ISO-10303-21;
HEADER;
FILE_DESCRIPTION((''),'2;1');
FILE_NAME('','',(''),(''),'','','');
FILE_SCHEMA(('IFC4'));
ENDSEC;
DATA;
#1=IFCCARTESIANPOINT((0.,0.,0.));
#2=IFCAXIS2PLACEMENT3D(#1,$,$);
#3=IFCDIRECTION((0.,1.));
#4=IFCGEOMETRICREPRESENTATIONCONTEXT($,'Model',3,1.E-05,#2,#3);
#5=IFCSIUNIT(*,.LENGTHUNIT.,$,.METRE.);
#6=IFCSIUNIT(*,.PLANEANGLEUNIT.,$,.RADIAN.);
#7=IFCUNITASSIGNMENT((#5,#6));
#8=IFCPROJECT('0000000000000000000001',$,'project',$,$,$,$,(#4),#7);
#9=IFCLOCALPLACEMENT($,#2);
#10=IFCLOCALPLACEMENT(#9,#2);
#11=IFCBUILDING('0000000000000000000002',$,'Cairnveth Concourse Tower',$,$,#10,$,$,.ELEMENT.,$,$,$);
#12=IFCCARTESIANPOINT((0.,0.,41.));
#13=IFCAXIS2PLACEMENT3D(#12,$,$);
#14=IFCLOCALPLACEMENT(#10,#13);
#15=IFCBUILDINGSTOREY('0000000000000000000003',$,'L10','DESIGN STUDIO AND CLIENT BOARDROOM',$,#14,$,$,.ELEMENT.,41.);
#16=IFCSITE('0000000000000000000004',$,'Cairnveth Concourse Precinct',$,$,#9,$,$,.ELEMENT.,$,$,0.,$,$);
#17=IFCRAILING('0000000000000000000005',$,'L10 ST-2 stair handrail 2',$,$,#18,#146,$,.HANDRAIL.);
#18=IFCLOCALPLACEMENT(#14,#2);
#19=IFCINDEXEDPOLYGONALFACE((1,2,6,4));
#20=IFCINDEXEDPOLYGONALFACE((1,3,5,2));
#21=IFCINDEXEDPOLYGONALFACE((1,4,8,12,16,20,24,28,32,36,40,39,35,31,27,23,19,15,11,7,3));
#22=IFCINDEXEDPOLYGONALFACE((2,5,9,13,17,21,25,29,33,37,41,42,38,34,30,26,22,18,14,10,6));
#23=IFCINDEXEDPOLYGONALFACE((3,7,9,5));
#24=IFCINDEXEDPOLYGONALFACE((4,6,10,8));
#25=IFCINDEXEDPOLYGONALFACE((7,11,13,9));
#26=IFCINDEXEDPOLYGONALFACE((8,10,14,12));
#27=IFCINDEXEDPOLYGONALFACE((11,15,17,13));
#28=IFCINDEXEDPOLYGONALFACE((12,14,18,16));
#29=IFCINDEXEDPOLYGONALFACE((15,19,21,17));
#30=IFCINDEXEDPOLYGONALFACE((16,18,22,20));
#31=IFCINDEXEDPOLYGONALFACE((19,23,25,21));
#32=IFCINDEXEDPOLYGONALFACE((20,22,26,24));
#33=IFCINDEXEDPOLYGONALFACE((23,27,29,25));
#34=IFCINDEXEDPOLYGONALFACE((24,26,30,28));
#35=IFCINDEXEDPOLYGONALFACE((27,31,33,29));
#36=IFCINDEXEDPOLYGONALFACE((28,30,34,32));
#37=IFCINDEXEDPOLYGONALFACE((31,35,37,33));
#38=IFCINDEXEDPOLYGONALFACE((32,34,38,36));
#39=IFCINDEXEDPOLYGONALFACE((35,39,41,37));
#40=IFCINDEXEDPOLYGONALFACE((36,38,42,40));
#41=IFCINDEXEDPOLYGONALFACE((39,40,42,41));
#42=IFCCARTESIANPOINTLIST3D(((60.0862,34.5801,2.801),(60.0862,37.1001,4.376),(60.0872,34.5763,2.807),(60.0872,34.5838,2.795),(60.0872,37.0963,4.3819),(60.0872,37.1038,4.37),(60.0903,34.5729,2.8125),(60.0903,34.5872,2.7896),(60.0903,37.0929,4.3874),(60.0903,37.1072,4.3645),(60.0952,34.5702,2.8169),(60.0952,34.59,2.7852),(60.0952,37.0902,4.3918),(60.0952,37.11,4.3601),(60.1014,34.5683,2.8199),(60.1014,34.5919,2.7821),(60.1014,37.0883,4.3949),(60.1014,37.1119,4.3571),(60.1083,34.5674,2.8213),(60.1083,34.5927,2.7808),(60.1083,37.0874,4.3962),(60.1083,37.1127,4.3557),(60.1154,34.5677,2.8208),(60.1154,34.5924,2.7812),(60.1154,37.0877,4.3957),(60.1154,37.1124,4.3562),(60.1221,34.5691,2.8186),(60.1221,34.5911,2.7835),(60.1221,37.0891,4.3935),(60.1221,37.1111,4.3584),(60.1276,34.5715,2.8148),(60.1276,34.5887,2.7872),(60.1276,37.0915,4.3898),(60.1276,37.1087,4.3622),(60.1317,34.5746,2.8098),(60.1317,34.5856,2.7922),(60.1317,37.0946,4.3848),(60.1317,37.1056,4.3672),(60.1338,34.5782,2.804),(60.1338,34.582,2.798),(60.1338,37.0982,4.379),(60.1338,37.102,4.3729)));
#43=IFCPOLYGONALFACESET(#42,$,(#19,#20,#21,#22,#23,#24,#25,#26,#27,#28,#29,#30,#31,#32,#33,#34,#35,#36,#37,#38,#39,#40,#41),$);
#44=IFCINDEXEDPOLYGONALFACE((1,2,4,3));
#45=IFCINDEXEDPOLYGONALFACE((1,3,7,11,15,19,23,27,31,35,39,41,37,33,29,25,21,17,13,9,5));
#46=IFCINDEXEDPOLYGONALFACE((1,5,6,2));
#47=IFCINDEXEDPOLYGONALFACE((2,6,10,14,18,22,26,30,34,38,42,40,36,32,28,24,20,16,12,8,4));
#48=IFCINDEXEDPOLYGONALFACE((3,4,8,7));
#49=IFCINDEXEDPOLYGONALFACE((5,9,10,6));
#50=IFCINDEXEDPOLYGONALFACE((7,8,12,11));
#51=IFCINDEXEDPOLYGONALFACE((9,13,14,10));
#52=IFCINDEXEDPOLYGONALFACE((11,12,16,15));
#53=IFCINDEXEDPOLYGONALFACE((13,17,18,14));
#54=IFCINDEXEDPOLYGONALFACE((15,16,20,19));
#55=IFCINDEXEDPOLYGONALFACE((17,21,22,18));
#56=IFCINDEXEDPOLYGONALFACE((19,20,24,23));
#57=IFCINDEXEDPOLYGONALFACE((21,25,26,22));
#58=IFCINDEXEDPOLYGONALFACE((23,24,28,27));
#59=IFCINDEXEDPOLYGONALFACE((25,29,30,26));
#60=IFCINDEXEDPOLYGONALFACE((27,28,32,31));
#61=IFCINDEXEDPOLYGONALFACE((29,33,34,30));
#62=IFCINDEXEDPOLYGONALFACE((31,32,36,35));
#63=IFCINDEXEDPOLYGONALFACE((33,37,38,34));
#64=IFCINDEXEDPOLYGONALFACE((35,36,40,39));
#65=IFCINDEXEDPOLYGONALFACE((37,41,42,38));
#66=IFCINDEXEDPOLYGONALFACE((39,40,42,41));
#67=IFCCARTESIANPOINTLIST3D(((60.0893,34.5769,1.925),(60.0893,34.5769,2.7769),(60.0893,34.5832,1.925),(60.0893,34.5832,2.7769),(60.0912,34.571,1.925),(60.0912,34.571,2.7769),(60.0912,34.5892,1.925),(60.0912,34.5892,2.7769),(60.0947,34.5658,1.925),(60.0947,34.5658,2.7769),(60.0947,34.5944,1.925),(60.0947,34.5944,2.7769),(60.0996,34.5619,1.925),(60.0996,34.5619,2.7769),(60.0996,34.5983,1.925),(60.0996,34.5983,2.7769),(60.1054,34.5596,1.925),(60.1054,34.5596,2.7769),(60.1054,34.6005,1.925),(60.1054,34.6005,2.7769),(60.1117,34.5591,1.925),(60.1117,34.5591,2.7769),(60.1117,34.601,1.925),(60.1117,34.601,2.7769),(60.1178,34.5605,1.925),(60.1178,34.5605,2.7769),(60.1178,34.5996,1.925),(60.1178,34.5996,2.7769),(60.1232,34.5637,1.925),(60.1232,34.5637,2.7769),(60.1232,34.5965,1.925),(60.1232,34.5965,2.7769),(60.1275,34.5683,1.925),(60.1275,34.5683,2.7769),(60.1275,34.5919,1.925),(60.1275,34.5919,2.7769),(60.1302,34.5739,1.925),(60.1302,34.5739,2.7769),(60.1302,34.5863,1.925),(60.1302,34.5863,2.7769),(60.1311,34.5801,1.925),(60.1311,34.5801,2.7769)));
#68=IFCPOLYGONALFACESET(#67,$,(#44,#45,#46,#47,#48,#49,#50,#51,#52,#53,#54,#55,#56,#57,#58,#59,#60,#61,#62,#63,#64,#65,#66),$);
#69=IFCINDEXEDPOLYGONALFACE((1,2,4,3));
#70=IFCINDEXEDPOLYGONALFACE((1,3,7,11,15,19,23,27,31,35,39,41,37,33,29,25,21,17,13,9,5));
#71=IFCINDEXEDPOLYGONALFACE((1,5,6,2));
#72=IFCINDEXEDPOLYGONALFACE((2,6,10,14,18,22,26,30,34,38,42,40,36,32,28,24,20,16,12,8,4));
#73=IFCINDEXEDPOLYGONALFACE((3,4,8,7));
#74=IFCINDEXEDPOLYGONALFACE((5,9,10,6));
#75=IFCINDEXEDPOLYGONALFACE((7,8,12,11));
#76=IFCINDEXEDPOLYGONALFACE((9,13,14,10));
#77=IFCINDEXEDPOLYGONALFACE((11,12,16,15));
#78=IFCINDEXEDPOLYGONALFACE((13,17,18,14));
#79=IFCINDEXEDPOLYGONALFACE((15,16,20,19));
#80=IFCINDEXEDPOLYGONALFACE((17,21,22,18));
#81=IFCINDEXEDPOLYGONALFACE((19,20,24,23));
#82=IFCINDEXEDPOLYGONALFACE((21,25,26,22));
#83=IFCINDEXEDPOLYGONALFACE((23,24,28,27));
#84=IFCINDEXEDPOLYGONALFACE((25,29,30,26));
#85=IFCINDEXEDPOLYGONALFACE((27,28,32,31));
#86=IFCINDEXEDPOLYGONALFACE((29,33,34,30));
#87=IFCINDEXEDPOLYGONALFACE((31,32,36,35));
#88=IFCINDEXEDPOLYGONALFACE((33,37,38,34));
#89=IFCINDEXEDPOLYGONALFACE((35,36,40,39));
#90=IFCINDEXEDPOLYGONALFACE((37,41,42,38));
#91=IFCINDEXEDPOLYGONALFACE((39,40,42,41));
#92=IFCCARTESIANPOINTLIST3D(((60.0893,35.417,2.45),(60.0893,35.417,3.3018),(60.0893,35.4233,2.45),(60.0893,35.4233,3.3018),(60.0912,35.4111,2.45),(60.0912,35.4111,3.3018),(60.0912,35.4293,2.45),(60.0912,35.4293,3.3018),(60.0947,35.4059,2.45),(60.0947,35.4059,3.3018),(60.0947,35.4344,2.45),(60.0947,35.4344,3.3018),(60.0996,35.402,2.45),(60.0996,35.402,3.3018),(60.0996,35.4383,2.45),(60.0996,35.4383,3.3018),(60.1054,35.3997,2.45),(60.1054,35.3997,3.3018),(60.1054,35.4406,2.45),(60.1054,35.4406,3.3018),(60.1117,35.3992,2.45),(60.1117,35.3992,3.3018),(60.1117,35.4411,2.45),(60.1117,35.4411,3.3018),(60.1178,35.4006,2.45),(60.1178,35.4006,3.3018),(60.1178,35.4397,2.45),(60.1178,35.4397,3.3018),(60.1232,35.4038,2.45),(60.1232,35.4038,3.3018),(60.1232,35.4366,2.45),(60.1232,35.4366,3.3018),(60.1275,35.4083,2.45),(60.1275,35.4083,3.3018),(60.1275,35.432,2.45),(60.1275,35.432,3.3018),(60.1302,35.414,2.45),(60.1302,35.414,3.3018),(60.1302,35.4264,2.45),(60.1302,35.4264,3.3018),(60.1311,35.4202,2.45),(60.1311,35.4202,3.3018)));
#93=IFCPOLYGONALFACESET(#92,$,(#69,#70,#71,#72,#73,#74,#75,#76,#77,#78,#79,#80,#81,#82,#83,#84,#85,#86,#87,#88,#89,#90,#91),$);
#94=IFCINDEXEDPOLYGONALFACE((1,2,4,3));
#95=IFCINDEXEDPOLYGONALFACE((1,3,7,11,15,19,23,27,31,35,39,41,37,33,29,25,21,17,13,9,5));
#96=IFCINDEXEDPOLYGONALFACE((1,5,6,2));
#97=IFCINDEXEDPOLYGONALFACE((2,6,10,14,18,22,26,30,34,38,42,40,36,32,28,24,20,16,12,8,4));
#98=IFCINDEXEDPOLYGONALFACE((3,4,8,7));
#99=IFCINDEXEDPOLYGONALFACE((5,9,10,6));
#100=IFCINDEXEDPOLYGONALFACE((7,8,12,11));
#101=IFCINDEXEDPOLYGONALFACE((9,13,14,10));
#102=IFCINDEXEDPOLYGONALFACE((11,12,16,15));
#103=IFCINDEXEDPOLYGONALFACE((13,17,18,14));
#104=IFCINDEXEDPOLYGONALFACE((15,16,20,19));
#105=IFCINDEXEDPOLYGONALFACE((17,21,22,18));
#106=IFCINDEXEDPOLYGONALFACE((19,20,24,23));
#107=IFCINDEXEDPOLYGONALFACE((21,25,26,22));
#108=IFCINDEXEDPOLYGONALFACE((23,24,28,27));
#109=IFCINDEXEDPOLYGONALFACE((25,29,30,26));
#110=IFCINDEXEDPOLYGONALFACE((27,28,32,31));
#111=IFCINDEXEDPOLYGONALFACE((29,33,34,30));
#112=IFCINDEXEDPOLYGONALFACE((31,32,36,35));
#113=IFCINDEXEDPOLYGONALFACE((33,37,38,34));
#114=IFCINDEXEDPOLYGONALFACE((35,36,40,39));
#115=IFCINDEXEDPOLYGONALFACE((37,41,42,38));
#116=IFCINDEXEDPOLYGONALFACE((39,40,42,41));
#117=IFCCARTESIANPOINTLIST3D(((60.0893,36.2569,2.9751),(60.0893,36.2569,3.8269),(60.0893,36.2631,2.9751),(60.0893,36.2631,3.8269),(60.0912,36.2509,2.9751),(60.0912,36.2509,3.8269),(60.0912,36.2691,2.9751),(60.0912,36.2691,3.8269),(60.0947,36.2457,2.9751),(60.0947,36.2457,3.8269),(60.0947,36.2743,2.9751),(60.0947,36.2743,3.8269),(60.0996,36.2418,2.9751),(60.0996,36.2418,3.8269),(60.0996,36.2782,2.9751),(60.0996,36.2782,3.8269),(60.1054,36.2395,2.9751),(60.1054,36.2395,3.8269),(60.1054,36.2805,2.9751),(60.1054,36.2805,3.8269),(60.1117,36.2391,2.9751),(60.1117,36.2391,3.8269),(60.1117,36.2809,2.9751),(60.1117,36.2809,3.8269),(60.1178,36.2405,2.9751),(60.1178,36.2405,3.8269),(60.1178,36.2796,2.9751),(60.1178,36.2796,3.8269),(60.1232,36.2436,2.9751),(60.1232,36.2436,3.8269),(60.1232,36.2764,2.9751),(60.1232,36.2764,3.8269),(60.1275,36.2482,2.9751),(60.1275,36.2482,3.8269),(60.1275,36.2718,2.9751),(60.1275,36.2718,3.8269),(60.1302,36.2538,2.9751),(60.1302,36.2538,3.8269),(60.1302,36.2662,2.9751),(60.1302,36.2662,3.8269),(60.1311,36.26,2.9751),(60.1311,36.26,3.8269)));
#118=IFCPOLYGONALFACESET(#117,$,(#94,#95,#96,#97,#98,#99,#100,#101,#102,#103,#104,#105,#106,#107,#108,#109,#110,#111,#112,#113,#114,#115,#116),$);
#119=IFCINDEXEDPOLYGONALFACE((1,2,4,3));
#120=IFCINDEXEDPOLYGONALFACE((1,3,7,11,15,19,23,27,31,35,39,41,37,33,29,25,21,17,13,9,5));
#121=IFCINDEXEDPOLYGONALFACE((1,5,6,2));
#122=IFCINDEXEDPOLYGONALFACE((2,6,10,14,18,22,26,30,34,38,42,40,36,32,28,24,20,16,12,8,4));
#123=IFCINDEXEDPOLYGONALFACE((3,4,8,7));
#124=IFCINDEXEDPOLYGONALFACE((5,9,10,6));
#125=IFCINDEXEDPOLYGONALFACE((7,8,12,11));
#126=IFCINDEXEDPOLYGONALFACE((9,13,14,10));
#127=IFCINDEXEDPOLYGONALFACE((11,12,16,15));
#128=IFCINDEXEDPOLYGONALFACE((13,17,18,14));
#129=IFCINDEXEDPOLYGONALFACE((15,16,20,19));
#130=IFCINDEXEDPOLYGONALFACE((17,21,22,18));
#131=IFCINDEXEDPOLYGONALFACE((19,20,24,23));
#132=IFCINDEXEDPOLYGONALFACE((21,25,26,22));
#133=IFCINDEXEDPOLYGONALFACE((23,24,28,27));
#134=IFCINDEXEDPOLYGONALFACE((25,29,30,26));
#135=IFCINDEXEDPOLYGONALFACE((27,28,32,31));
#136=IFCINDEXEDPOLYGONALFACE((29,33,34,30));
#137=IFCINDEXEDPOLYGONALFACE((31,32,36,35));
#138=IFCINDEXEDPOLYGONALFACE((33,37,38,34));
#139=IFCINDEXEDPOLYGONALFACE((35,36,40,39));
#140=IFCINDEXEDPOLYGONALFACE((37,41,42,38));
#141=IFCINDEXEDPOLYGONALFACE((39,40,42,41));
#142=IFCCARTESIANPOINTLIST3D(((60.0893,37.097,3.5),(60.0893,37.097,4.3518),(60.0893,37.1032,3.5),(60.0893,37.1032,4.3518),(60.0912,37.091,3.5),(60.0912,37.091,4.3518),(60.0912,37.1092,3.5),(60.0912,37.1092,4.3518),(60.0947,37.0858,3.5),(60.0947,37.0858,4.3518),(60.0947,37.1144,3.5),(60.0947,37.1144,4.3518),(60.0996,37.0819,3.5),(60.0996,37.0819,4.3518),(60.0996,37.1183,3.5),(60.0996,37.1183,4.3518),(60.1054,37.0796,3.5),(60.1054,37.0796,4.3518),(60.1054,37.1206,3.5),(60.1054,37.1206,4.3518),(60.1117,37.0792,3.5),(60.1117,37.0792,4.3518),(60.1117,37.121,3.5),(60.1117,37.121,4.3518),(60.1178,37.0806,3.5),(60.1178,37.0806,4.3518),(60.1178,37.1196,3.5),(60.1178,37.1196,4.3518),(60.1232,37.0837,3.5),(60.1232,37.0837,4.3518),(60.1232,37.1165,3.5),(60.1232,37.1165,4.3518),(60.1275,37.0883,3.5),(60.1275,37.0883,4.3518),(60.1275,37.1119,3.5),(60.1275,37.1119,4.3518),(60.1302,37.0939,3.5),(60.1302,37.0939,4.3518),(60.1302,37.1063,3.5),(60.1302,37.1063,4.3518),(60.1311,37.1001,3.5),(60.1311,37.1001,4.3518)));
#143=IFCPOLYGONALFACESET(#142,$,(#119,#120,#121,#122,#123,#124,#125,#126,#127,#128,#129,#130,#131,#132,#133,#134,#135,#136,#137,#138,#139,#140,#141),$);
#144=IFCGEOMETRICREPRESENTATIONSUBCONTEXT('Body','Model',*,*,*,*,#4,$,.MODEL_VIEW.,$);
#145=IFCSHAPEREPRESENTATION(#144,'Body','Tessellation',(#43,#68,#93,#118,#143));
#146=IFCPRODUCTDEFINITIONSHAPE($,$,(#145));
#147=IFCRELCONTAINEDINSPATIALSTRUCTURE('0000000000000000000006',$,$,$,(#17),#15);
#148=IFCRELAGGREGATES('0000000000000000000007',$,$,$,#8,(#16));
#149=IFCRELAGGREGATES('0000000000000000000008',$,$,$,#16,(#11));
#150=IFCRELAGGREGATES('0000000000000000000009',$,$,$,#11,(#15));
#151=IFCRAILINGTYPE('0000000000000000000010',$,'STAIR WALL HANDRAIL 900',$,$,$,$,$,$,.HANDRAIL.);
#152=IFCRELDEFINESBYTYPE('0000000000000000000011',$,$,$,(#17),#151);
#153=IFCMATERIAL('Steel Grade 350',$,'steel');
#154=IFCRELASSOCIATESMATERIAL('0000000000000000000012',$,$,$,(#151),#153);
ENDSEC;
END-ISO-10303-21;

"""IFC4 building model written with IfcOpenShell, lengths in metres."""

from ifc_helpers import new_model, si_unit, direction, frame, origin, origin_2d, place, context, subcontext, project, spatial, circle, extrude, material, type_object, element, save


model = new_model("IFC4")

# Units and contexts
model_context = context("Model", 3, precision=1e-05, world=origin(), true_north=direction((0.0, 1.0)))
body_context = subcontext(model_context, "Body", "Model", "MODEL_VIEW")
ifc_project = project(units=[si_unit("LENGTHUNIT", "METRE"), si_unit("PLANEANGLEUNIT", "RADIAN")], contexts=[model_context])

# Site, building, storey
site_placement = place(None, origin())
site = spatial("IfcSite", under=ifc_project, at=site_placement, Name="Cairnveth Concourse Precinct", CompositionType="ELEMENT", RefElevation=0.0)
building_placement = place(site_placement, origin())
building = spatial("IfcBuilding", under=site, at=building_placement, Name="Cairnveth Concourse Tower", CompositionType="ELEMENT")
storey_placement = place(building_placement, frame((0.0, 0.0, 41.0)))
storey = spatial("IfcBuildingStorey", under=building, at=storey_placement, Name="L10", Description="DESIGN STUDIO AND CLIENT BOARDROOM", CompositionType="ELEMENT", Elevation=41.0)

# Shared definitions
ifc_material_1 = material(Name="Steel Grade 350", Category="steel")

# Railing
railing_type_1 = type_object("IfcRailingType", Name="STAIR WALL HANDRAIL 900", PredefinedType="HANDRAIL", material=ifc_material_1)
railing_1_placement = place(storey_placement, frame((60.1101, 34.5801, 1.925)))
element("IfcRailing", 1, at=railing_1_placement, inside=storey, type_object=railing_type_1, Name="L10 ST-2 stair handrail 2", PredefinedType="HANDRAIL", context=body_context, shape_type="SweptSolid", body=[
    extrude(circle(Radius=0.0239, at=origin_2d()), frame((0.0, 0.0, 0.876), z_axis=(0.0, 0.848008, 0.529984), x_axis=(-1.0, 0.0, 0.0)), (0.0, 0.0, 1.0), 2.9717),
    extrude(circle(Radius=0.021, at=origin_2d()), origin(), (0.0, 0.0, 1.0), 0.8518),
    extrude(circle(Radius=0.021, at=origin_2d()), frame((0.0, 0.8401, 0.5249)), (0.0, 0.0, 1.0), 0.8518),
    extrude(circle(Radius=0.021, at=origin_2d()), frame((0.0, 1.6799, 1.05)), (0.0, 0.0, 1.0), 0.8518),
    extrude(circle(Radius=0.021, at=origin_2d()), frame((0.0, 2.52, 1.575)), (0.0, 0.0, 1.0), 0.8518),
])

save(model, "model.ifc")
